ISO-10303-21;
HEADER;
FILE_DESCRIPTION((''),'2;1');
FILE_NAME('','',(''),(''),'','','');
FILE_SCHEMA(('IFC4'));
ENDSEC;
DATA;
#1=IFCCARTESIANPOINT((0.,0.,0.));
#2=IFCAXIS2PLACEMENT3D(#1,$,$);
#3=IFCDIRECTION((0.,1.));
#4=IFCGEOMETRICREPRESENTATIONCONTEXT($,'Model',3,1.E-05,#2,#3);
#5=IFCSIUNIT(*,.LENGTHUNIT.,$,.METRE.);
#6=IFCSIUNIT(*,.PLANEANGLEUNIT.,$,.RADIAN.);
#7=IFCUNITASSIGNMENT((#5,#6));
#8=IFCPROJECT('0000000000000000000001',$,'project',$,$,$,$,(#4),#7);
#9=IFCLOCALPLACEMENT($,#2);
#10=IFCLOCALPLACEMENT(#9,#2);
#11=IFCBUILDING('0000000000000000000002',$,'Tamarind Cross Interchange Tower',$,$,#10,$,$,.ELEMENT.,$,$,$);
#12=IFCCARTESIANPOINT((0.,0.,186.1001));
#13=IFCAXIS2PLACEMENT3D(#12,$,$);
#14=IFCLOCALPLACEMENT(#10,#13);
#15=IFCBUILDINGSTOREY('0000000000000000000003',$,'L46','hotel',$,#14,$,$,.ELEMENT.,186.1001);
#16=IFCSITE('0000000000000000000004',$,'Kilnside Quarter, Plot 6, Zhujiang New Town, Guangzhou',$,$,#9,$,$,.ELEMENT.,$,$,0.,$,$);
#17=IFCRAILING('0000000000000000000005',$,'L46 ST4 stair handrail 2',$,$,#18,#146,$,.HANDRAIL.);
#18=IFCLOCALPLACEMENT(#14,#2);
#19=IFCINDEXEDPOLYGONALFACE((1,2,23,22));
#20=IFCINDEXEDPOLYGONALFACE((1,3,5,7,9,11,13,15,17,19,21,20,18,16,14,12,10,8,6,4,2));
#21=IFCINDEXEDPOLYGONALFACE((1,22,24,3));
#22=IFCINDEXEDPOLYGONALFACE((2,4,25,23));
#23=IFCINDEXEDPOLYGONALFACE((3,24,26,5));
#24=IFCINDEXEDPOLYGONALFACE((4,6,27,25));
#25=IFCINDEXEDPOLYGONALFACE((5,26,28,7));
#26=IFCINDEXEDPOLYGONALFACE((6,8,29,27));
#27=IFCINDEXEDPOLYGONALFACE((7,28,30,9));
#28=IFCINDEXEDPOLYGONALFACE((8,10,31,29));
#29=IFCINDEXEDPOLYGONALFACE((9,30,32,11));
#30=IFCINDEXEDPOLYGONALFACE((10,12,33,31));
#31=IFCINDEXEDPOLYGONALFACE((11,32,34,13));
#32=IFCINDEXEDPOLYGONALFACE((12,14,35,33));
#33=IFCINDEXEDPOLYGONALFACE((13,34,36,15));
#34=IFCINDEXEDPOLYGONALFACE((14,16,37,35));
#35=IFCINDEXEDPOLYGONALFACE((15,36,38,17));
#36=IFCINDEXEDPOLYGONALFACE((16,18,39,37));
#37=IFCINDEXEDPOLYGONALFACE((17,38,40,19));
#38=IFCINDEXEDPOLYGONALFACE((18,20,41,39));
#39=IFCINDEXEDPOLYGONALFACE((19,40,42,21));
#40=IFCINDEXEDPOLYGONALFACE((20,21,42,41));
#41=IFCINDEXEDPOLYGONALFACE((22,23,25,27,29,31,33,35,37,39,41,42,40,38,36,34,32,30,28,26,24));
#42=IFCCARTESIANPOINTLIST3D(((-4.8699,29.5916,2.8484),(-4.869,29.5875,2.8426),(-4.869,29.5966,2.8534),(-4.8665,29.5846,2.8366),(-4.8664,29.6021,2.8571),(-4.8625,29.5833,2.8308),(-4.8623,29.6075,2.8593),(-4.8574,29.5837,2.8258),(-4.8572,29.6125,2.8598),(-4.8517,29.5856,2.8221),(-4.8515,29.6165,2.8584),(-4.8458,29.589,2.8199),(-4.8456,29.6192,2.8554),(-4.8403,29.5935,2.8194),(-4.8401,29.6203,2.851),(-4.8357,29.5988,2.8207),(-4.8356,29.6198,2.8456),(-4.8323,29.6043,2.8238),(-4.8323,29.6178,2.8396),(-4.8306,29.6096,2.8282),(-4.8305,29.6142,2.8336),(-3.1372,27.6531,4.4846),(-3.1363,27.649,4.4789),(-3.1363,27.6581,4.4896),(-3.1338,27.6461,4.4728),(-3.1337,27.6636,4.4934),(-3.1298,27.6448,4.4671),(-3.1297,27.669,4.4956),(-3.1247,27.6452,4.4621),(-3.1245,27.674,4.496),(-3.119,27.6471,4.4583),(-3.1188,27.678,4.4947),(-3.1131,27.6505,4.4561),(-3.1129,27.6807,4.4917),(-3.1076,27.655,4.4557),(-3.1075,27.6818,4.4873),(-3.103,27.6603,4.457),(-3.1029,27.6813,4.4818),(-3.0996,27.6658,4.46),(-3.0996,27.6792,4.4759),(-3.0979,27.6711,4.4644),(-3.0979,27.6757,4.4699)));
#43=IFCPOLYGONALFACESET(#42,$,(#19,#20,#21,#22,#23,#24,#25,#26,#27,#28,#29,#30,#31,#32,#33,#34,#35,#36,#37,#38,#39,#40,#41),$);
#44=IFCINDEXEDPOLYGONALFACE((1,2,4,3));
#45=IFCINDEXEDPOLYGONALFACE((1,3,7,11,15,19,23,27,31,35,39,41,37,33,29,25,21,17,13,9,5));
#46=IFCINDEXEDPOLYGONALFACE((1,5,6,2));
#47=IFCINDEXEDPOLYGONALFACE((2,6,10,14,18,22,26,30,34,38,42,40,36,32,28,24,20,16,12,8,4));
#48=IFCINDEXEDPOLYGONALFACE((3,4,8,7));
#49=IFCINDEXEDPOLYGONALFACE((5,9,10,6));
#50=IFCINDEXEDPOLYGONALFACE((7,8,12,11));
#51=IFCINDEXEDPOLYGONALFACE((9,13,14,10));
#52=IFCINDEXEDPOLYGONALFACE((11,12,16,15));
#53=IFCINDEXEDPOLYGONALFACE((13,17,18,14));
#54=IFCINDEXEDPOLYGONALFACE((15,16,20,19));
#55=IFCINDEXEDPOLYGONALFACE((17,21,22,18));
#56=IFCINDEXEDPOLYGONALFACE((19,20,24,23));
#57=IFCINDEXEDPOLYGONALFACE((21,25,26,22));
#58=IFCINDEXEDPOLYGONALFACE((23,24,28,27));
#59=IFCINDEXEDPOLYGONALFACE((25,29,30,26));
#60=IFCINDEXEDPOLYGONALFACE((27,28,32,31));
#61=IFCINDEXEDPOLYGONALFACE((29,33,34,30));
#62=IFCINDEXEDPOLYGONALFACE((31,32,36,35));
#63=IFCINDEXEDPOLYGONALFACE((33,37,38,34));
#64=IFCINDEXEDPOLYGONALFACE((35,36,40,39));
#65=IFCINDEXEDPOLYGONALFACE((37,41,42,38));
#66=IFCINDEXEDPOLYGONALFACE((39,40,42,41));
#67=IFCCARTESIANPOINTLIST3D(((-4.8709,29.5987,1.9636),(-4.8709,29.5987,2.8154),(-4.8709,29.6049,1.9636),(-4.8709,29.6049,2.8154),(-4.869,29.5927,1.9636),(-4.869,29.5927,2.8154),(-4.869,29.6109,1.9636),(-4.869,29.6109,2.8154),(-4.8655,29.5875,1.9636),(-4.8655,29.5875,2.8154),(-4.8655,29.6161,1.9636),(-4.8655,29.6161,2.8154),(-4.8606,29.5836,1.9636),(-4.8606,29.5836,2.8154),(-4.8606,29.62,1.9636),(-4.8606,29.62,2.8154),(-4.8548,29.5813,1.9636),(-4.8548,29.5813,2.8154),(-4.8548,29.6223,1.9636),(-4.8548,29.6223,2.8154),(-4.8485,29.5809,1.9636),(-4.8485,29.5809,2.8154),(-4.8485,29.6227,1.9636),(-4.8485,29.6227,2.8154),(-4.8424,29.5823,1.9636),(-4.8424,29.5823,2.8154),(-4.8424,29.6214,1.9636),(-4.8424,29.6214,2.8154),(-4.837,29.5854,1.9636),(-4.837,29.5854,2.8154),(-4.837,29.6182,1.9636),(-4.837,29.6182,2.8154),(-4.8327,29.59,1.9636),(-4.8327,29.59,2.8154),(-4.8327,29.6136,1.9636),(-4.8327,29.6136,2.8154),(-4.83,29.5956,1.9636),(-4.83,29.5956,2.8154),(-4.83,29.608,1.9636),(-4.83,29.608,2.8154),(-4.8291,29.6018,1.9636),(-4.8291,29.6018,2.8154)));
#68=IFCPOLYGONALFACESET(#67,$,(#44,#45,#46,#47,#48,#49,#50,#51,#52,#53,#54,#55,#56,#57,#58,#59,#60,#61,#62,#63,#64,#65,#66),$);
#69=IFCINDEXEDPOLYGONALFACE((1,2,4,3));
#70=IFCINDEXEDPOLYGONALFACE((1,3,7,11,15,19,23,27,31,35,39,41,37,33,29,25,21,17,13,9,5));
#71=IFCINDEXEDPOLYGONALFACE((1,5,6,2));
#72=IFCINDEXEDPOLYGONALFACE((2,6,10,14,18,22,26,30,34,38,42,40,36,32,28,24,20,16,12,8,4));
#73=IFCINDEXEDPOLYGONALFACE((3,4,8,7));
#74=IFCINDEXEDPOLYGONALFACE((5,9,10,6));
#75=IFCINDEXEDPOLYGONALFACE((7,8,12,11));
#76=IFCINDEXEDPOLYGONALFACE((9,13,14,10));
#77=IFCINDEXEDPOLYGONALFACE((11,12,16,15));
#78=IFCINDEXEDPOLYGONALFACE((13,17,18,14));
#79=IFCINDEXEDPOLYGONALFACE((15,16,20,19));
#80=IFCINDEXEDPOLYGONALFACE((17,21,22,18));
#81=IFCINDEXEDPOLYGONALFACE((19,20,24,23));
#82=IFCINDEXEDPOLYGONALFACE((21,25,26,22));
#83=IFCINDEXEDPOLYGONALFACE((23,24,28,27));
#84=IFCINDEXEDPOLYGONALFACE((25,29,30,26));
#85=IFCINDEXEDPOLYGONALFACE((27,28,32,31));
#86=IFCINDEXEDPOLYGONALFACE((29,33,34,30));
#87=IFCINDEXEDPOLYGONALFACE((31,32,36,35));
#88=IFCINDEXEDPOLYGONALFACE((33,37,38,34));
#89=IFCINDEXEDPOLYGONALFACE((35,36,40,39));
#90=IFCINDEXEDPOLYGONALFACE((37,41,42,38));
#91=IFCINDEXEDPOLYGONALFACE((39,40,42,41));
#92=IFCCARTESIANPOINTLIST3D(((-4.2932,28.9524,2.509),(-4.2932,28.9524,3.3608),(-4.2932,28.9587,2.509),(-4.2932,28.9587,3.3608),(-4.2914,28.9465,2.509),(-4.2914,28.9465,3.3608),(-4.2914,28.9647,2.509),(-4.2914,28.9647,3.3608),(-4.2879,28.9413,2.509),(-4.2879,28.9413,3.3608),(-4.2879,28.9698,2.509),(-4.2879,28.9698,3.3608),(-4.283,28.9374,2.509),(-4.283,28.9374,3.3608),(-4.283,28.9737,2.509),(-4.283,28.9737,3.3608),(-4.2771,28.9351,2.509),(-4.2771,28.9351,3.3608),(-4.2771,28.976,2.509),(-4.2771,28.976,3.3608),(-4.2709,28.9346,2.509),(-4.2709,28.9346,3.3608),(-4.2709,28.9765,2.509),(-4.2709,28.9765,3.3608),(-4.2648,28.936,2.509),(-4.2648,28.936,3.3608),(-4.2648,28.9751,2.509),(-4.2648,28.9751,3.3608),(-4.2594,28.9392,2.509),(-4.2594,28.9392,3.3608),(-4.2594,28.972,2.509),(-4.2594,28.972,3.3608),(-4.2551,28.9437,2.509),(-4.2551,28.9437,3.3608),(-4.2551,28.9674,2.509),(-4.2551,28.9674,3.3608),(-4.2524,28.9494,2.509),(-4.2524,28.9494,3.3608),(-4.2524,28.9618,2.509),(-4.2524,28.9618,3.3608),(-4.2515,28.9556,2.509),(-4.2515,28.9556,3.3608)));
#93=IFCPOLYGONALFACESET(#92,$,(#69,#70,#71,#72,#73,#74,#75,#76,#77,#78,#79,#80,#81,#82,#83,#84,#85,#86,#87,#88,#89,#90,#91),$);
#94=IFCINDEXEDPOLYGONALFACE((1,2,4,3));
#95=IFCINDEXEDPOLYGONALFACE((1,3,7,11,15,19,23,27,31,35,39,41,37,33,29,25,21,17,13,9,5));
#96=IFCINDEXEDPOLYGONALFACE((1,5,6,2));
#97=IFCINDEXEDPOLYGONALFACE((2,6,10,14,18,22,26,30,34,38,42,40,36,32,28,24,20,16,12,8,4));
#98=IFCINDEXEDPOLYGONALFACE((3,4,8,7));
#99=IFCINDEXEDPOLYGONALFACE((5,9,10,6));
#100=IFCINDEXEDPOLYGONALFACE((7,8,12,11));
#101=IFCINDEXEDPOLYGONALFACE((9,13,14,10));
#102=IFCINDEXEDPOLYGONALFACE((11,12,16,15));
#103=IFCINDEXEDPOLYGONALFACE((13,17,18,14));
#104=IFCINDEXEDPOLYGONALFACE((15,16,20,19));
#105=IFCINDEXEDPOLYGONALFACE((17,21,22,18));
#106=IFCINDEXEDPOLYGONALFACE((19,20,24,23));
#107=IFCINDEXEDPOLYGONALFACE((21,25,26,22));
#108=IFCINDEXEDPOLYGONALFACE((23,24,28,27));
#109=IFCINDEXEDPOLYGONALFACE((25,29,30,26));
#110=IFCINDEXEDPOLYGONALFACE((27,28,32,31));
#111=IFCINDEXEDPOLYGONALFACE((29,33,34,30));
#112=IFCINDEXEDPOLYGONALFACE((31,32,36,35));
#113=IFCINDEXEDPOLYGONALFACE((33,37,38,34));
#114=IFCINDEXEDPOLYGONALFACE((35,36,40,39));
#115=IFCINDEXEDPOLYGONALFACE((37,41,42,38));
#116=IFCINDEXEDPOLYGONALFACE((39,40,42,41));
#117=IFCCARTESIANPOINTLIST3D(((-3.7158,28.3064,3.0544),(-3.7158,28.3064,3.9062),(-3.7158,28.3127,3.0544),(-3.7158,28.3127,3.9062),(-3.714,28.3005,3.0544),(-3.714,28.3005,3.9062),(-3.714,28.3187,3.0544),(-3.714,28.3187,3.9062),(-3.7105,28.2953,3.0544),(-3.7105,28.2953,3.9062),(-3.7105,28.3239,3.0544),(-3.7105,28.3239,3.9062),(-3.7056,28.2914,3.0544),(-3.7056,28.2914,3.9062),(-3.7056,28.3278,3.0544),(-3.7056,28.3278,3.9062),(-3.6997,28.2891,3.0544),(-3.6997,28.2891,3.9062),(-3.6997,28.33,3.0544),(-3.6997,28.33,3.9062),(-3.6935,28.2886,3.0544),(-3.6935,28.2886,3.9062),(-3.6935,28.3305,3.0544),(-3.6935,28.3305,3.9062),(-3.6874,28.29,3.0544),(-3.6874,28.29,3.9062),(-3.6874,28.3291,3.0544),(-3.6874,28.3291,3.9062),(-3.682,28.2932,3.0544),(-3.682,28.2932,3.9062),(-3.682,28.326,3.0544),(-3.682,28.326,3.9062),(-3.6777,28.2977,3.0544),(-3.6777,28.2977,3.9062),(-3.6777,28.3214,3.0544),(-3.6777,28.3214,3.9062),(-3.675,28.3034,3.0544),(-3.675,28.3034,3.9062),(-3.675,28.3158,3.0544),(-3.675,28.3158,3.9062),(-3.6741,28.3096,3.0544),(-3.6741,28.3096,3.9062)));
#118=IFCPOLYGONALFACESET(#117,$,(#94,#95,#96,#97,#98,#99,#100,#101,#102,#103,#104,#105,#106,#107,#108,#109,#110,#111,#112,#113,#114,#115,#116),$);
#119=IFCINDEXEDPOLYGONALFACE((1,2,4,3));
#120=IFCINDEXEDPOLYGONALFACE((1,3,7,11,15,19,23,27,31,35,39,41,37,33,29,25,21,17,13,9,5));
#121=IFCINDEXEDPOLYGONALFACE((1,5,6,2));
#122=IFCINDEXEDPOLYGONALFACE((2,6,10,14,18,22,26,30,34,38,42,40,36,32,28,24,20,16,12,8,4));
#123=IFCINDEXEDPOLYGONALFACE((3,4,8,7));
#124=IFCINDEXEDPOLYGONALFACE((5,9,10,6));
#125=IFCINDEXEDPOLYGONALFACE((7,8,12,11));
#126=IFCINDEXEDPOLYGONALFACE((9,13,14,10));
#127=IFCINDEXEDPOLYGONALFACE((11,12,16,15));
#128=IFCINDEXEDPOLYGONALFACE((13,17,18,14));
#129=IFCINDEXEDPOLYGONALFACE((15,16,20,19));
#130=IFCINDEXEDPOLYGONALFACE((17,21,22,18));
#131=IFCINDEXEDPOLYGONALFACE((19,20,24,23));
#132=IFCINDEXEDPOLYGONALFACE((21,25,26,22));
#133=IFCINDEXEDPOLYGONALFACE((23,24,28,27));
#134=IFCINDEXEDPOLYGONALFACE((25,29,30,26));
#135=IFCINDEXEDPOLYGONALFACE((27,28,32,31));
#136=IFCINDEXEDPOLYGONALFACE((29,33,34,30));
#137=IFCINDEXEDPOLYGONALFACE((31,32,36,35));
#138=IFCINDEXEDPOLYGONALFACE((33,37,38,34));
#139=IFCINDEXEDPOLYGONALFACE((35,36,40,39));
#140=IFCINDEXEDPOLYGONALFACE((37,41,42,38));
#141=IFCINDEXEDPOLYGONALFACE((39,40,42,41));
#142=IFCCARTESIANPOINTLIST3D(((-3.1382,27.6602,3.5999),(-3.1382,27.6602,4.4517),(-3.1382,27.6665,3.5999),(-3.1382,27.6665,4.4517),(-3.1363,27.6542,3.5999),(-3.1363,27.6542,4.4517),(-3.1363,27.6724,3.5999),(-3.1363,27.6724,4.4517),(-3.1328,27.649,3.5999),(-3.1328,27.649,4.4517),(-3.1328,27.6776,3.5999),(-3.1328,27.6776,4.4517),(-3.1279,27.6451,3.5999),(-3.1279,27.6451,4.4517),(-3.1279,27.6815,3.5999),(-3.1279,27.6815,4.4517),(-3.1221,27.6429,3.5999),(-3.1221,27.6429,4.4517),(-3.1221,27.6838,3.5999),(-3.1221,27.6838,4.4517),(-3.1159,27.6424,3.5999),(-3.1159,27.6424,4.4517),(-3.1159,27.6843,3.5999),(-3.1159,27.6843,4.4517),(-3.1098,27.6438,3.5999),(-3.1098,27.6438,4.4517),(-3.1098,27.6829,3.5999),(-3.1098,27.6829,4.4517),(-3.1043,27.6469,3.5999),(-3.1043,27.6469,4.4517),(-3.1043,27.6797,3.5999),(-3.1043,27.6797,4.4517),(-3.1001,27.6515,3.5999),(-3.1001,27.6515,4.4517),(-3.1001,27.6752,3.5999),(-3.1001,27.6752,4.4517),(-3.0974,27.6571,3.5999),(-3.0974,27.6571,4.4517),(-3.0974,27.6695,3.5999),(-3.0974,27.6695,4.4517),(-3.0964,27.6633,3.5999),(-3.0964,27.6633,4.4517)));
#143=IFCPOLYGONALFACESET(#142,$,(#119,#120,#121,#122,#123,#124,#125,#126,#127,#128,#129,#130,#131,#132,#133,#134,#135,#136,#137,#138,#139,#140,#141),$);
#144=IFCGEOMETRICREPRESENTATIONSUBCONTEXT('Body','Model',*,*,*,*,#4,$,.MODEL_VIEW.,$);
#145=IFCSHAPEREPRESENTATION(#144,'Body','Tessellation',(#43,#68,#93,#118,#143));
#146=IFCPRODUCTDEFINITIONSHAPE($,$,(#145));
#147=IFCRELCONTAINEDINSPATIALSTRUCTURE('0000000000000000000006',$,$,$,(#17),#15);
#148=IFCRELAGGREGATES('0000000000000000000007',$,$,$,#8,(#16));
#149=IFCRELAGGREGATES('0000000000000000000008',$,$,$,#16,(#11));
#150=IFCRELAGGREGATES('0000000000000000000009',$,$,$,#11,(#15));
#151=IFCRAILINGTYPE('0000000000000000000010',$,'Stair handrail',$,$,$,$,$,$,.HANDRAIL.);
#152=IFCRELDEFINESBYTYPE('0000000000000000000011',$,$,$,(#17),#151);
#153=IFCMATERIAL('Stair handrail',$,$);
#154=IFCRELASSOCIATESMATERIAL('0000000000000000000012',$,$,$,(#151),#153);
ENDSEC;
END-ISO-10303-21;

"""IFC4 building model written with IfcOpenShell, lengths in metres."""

from ifc_helpers import new_model, si_unit, direction, frame, origin, origin_2d, place, context, subcontext, project, spatial, circle, extrude, material, type_object, element, save


model = new_model("IFC4")

# Units and contexts
model_context = context("Model", 3, precision=1e-05, world=origin(), true_north=direction((0.0, 1.0)))
body_context = subcontext(model_context, "Body", "Model", "MODEL_VIEW")
ifc_project = project(units=[si_unit("LENGTHUNIT", "METRE"), si_unit("PLANEANGLEUNIT", "RADIAN")], contexts=[model_context])

# Site, building, storey
site_placement = place(None, origin())
site = spatial("IfcSite", under=ifc_project, at=site_placement, Name="Kilnside Quarter, Plot 6, Zhujiang New Town, Guangzhou", CompositionType="ELEMENT", RefElevation=0.0)
building_placement = place(site_placement, origin())
building = spatial("IfcBuilding", under=site, at=building_placement, Name="Tamarind Cross Interchange Tower", CompositionType="ELEMENT")
storey_placement = place(building_placement, frame((0.0, 0.0, 186.1001)))
storey = spatial("IfcBuildingStorey", under=building, at=storey_placement, Name="L46", Description="hotel", CompositionType="ELEMENT", Elevation=186.1001)

# Railing
ifc_material_1 = material(Name="Stair handrail")
railing_type_1 = type_object("IfcRailingType", Name="Stair handrail", PredefinedType="HANDRAIL", material=ifc_material_1)
railing_1_placement = place(storey_placement, frame((-4.8501, 29.6018, 1.9636)))
element("IfcRailing", 1, at=railing_1_placement, inside=storey, type_object=railing_type_1, Name="L46 ST4 stair handrail 2", PredefinedType="HANDRAIL", context=body_context, shape_type="SweptSolid", body=[
    extrude(circle(Radius=0.0239, at=origin_2d()), frame((0.0, 0.0, 0.876), z_axis=(0.564022, -0.631018, 0.53263), x_axis=(0.745578, 0.666419, 0.0)), (0.0, 0.0, 1.0), 3.072),
    extrude(circle(Radius=0.021, at=origin_2d()), origin(), (0.0, 0.0, 1.0), 0.8518),
    extrude(circle(Radius=0.021, at=origin_2d()), frame((0.5776, -0.6462, 0.5454)), (0.0, 0.0, 1.0), 0.8518),
    extrude(circle(Radius=0.021, at=origin_2d()), frame((1.155, -1.2922, 1.0908)), (0.0, 0.0, 1.0), 0.8518),
    extrude(circle(Radius=0.021, at=origin_2d()), frame((1.7327, -1.9385, 1.6362)), (0.0, 0.0, 1.0), 0.8518),
])

save(model, "model.ifc")
